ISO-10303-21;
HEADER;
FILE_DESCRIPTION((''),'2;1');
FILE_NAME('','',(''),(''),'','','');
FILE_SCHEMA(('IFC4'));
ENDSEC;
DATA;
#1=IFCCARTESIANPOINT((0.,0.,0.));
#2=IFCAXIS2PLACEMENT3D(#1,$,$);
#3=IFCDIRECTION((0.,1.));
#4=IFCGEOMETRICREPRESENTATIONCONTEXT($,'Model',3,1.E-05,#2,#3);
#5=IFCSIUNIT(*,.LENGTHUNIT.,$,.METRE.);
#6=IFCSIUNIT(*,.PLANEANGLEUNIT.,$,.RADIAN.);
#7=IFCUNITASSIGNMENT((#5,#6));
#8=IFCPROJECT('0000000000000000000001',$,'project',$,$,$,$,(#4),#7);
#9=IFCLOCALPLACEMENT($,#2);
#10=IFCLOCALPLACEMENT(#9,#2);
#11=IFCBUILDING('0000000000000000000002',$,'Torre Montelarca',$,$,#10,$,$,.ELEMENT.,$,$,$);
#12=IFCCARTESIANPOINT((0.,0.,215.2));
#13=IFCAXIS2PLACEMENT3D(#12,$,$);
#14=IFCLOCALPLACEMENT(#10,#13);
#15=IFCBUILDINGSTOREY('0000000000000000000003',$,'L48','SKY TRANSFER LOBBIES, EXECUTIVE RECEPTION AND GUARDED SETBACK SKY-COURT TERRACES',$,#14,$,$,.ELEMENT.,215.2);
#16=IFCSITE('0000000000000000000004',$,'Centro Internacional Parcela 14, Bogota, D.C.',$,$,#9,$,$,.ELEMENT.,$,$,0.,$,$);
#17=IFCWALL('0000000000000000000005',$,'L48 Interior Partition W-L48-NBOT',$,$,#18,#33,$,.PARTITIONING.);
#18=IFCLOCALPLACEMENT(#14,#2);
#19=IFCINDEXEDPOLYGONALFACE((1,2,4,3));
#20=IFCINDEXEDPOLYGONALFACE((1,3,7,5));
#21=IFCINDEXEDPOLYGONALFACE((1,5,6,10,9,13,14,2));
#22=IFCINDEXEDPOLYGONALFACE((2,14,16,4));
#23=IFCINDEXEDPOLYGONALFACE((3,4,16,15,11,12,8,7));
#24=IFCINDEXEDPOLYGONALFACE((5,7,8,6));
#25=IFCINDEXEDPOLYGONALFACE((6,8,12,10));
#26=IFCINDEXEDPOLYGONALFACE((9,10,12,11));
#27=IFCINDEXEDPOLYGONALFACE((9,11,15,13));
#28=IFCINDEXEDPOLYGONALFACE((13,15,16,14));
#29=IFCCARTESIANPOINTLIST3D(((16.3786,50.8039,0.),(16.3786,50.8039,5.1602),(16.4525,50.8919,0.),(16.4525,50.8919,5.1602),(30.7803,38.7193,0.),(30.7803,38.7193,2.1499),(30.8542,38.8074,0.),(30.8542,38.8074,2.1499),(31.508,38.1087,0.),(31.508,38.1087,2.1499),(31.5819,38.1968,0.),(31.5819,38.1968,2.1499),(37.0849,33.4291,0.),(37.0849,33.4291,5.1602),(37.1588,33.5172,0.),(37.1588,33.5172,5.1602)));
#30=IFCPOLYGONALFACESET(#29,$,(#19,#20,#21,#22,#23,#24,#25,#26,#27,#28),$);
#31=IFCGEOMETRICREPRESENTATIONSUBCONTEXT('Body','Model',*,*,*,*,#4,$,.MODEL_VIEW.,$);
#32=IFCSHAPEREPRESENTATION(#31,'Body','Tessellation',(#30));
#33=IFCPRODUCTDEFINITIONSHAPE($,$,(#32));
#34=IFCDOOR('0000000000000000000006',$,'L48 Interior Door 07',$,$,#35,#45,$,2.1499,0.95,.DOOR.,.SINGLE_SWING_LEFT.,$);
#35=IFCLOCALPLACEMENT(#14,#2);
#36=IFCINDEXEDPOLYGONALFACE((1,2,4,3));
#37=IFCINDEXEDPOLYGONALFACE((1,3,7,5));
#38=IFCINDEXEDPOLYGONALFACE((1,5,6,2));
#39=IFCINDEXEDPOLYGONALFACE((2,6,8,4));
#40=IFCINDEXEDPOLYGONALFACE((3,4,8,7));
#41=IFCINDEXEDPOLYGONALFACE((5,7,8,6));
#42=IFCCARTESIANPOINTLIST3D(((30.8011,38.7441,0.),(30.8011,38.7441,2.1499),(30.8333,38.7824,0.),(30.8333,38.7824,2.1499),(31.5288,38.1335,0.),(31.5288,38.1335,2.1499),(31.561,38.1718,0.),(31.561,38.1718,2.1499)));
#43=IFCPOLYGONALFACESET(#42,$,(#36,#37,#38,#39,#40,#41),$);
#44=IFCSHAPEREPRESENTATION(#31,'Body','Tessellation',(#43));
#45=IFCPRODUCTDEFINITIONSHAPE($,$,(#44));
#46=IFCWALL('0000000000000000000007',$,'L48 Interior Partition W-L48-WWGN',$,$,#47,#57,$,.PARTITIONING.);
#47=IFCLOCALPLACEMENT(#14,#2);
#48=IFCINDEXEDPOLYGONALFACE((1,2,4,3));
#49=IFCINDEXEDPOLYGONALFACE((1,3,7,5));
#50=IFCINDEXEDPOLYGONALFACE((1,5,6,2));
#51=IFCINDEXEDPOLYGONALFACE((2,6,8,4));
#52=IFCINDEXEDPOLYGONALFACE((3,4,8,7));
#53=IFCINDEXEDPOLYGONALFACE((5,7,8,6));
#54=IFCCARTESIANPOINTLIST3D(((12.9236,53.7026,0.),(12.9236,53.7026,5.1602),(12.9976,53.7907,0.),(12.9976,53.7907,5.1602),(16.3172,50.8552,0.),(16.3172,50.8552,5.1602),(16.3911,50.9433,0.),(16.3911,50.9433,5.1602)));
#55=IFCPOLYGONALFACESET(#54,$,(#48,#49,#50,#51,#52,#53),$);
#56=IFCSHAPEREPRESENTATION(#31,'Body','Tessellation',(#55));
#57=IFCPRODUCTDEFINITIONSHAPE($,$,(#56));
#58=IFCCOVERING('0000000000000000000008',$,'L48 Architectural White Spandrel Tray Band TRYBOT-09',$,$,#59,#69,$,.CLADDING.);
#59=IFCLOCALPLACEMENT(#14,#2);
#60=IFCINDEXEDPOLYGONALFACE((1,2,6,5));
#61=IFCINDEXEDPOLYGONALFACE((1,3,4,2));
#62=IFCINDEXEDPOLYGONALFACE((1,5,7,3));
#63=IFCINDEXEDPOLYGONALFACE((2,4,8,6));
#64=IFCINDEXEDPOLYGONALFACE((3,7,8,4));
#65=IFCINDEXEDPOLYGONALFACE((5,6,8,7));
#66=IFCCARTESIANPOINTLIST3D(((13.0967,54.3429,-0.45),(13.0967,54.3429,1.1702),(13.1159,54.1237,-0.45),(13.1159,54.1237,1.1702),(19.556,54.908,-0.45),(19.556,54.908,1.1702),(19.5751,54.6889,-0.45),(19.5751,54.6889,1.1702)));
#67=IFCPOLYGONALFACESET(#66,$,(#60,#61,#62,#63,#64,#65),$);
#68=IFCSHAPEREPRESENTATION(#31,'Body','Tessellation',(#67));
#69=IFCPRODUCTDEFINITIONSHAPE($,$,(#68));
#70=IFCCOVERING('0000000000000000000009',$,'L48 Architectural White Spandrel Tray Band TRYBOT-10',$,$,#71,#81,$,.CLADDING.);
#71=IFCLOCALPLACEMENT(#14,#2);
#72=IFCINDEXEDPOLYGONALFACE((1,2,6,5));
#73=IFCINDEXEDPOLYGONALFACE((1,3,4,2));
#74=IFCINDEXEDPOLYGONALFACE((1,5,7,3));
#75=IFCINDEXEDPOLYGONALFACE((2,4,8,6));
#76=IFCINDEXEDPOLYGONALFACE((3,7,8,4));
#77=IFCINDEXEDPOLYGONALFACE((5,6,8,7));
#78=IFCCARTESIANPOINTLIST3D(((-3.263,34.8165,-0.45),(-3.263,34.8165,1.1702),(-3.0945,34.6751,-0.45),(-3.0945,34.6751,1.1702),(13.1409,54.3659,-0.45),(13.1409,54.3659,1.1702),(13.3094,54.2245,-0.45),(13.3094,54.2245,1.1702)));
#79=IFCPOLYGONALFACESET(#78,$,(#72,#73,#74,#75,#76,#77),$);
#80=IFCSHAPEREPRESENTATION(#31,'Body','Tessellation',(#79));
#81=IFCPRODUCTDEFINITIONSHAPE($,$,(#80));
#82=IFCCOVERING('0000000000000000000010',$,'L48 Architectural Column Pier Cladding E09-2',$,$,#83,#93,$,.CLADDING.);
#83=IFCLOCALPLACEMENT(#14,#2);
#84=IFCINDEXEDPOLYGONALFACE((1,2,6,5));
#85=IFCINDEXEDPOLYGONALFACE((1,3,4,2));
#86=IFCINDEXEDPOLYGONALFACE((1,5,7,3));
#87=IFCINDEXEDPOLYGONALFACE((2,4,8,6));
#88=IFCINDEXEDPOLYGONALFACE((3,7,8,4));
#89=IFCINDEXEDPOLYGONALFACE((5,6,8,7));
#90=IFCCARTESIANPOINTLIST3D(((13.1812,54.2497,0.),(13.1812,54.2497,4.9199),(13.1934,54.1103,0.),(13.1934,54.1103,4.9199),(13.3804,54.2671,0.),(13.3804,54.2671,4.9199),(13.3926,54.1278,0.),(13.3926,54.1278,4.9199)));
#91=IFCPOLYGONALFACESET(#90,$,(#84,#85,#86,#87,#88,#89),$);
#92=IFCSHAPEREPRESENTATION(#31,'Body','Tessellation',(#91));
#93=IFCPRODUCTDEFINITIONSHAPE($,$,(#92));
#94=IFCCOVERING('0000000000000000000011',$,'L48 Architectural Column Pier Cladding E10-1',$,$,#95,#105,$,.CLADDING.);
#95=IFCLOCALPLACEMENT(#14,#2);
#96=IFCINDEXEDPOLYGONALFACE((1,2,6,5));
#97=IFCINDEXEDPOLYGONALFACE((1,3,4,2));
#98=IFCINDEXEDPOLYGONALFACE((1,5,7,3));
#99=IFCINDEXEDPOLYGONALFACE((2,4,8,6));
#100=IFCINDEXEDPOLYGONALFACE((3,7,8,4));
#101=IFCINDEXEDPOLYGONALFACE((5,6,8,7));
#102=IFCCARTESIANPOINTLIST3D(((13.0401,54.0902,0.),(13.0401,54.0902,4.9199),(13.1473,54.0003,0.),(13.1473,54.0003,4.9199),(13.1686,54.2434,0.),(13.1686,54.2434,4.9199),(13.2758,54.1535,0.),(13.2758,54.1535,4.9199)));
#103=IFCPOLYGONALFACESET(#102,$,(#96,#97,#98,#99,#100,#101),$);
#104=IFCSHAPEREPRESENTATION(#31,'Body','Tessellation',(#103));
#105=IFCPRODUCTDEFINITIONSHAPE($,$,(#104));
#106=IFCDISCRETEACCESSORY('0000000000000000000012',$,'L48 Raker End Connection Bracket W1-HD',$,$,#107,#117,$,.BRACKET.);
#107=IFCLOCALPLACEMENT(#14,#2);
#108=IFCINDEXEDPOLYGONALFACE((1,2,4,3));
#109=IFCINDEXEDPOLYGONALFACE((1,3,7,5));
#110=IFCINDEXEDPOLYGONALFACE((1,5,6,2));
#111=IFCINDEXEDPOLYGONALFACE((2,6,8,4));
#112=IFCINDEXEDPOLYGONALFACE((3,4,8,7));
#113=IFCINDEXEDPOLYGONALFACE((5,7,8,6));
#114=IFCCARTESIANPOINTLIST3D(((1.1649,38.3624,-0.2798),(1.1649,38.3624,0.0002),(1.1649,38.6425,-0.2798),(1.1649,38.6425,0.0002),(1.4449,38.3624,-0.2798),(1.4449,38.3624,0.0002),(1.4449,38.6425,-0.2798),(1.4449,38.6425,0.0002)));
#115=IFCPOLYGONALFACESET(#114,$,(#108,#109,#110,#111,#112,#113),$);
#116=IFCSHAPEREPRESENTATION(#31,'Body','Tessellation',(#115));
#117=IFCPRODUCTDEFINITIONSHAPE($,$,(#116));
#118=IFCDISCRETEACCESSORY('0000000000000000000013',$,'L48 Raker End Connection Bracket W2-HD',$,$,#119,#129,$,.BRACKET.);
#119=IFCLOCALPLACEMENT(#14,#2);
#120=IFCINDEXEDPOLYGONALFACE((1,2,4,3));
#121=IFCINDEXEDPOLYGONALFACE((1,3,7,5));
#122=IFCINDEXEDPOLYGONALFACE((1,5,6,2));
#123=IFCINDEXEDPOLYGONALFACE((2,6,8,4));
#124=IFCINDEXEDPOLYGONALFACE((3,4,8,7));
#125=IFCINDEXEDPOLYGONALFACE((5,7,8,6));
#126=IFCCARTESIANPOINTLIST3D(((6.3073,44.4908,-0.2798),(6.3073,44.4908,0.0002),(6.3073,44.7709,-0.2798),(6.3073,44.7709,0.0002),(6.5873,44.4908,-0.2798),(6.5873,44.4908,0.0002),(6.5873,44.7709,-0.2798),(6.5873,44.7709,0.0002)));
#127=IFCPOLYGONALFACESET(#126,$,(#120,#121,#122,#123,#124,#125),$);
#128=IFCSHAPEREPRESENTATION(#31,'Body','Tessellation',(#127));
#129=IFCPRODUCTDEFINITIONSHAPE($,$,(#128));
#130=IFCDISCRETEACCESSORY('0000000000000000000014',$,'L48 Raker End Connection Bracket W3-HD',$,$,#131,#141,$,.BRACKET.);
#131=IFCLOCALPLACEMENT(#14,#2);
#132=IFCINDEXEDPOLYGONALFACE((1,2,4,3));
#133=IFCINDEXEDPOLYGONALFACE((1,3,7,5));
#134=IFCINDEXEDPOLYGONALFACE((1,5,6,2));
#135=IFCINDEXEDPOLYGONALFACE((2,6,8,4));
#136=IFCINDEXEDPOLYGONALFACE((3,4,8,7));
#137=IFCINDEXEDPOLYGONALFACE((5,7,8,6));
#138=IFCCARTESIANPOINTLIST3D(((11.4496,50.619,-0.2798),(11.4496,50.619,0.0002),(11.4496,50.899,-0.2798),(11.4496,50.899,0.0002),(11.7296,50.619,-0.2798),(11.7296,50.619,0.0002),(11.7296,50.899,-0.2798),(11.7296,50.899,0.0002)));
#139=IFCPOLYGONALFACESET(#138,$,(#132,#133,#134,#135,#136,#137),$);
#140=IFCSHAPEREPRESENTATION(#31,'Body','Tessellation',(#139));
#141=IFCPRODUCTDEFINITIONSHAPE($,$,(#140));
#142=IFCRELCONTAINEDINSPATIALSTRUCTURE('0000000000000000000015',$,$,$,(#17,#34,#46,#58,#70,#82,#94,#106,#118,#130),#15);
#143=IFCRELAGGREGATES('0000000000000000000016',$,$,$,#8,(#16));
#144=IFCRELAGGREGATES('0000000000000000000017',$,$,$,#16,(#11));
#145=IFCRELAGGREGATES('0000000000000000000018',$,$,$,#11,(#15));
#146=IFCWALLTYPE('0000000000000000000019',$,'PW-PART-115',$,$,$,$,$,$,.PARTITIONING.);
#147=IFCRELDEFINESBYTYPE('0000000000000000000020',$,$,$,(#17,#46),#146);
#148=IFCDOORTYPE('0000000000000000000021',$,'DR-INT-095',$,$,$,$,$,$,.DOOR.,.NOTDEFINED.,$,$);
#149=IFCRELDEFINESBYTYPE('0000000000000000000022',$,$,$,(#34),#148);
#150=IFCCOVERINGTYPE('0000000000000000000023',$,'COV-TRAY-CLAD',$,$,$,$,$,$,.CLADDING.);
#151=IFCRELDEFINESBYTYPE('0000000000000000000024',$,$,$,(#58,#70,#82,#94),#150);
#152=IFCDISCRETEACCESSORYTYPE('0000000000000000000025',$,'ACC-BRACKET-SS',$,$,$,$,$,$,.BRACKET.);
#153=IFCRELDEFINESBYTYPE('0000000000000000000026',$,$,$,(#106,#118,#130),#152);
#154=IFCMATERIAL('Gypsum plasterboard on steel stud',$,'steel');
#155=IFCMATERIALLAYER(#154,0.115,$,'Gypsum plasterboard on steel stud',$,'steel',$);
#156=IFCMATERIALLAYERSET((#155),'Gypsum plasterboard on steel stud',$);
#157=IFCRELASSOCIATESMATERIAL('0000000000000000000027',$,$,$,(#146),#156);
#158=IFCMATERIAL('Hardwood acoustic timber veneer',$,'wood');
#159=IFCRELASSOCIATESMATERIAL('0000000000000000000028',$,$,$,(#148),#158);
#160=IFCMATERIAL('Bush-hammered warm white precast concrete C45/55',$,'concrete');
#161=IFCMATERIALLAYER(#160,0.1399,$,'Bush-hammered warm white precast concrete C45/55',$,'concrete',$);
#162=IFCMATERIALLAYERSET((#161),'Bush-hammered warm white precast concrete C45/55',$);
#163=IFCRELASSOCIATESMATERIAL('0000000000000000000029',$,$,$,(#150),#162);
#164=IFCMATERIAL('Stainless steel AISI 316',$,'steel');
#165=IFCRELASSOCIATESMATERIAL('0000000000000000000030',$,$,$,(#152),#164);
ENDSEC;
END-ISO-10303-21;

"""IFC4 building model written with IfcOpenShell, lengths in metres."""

from ifc_helpers import new_model, si_unit, direction, frame, frame_2d, origin, origin_2d, place, context, subcontext, project, spatial, rectangle, extrude, source, transform, mapped, material, layer, layer_set, type_object, element, fill, save


model = new_model("IFC4")

# Units and contexts
model_context = context("Model", 3, precision=1e-05, world=origin(), true_north=direction((0.0, 1.0)))
body_context = subcontext(model_context, "Body", "Model", "MODEL_VIEW")
ifc_project = project(units=[si_unit("LENGTHUNIT", "METRE"), si_unit("PLANEANGLEUNIT", "RADIAN")], contexts=[model_context])

# Site, building, storey
site_placement = place(None, origin())
site = spatial("IfcSite", under=ifc_project, at=site_placement, Name="Centro Internacional Parcela 14, Bogota, D.C.", CompositionType="ELEMENT", RefElevation=0.0)
building_placement = place(site_placement, origin())
building = spatial("IfcBuilding", under=site, at=building_placement, Name="Torre Montelarca", CompositionType="ELEMENT")
storey_placement = place(building_placement, frame((0.0, 0.0, 215.2)))
storey = spatial("IfcBuildingStorey", under=building, at=storey_placement, Name="L48", Description="SKY TRANSFER LOBBIES, EXECUTIVE RECEPTION AND GUARDED SETBACK SKY-COURT TERRACES", CompositionType="ELEMENT", Elevation=215.2)

# Wall, opening, door
ifc_material_1 = material(Name="Gypsum plasterboard on steel stud", Category="steel")
ifc_layer_1 = layer(ifc_material_1, 0.115, Name="Gypsum plasterboard on steel stud", Category="steel")
ifc_layer_set_1 = layer_set([ifc_layer_1], Name="Gypsum plasterboard on steel stud")
wall_type_1 = type_object("IfcWallType", Name="PW-PART-115", PredefinedType="PARTITIONING", material=ifc_layer_set_1)
wall_1_placement = place(storey_placement, frame((16.4155, 50.8479, 0.0), z_axis=(0.0, 0.0, 1.0), x_axis=(0.766042, -0.64279, 0.0)))
wall_1 = element("IfcWall", 1, at=wall_1_placement, inside=storey, type_object=wall_type_1, Name="L48 Interior Partition W-L48-NBOT", PredefinedType="PARTITIONING", context=body_context, shape_type="SweptSolid", body=[
    extrude(rectangle(XDim=27.0303, YDim=0.115, at=frame_2d((13.5151, 0.0))), origin(), (0.0, 0.0, 1.0), 5.1602),
])
opening_placement = place(wall_1_placement, frame((18.8, 0.0, 0.0)))
opening = element("IfcOpeningElement", 2, at=opening_placement, cuts=wall_1, PredefinedType="OPENING", context=body_context, shape_type="SweptSolid", body=[
    extrude(rectangle(XDim=0.95, YDim=2.1499, at=frame_2d((0.4751, 1.075))), frame((0.0, 0.0674, 0.0), z_axis=(0.0, -1.0, 0.0), x_axis=(1.0, 0.0, 0.0)), (0.0, 0.0, 1.0), 0.135),
])
ifc_material_2 = material(Name="Hardwood acoustic timber veneer", Category="wood")
door_type = type_object("IfcDoorType", Name="DR-INT-095", OperationType="NOTDEFINED", PredefinedType="DOOR", material=ifc_material_2)
shared_shape_1 = source(origin(), body_context, "Body", "SweptSolid", [
    extrude(rectangle(XDim=0.95, YDim=2.1499, at=frame_2d((0.4751, 1.075))), frame((0.0, 0.0249, 0.0), z_axis=(0.0, -1.0, 0.0), x_axis=(1.0, 0.0, 0.0)), (0.0, 0.0, 1.0), 0.05),
])
door_placement = place(opening_placement, origin())
door = element("IfcDoor", 3, at=door_placement, inside=storey, type_object=door_type, Name="L48 Interior Door 07", OperationType="SINGLE_SWING_LEFT", OverallHeight=2.1499, OverallWidth=0.95, PredefinedType="DOOR", context=body_context, shape_type="MappedRepresentation", body=[
    mapped(shared_shape_1, transform((0.0, 0.0, 0.0), scale=1.0)),
])
fill(opening, door)

# Wall
wall_2_placement = place(storey_placement, frame((12.9607, 53.7466, 0.0), z_axis=(0.0, 0.0, 1.0), x_axis=(0.766058, -0.642772, 0.0)))
element("IfcWall", 4, at=wall_2_placement, inside=storey, type_object=wall_type_1, Name="L48 Interior Partition W-L48-WWGN", PredefinedType="PARTITIONING", context=body_context, shape_type="SweptSolid", body=[
    extrude(rectangle(XDim=4.4299, YDim=0.115, at=frame_2d((2.2148, 0.0))), origin(), (0.0, 0.0, 1.0), 5.1602),
])

# Coverings
ifc_material_3 = material(Name="Bush-hammered warm white precast concrete C45/55", Category="concrete")
ifc_layer_2 = layer(ifc_material_3, 0.1399, Name="Bush-hammered warm white precast concrete C45/55", Category="concrete")
ifc_layer_set_2 = layer_set([ifc_layer_2], Name="Bush-hammered warm white precast concrete C45/55")
covering_type = type_object("IfcCoveringType", Name="COV-TRAY-CLAD", PredefinedType="CLADDING", material=ifc_layer_set_2)
shared_shape_2 = source(origin(), body_context, "Body", "SweptSolid", [
    extrude(rectangle(XDim=6.4839, YDim=0.22, at=origin_2d()), origin(), (0.0, 0.0, 1.0), 1.6201),
])
covering_1_placement = place(storey_placement, frame((16.3359, 54.5159, -0.45), z_axis=(0.0, 0.0, 1.0), x_axis=(-0.996194, -0.087163, 0.0)))
element("IfcCovering", 5, at=covering_1_placement, inside=storey, type_object=covering_type, Name="L48 Architectural White Spandrel Tray Band TRYBOT-09", PredefinedType="CLADDING", context=body_context, shape_type="MappedRepresentation", body=[
    mapped(shared_shape_2, transform((0.0, 0.0, 0.0), scale=1.0)),
])
shared_shape_3 = source(origin(), body_context, "Body", "SweptSolid", [
    extrude(rectangle(XDim=25.52, YDim=0.22, at=origin_2d()), origin(), (0.0, 0.0, 1.0), 1.6201),
])
covering_2_placement = place(storey_placement, frame((5.0232, 44.5205, -0.45), z_axis=(0.0, 0.0, 1.0), x_axis=(-0.642788, -0.766044, 0.0)))
element("IfcCovering", 6, at=covering_2_placement, inside=storey, type_object=covering_type, Name="L48 Architectural White Spandrel Tray Band TRYBOT-10", PredefinedType="CLADDING", context=body_context, shape_type="MappedRepresentation", body=[
    mapped(shared_shape_3, transform((0.0, 0.0, 0.0), scale=1.0)),
])
shared_shape_4 = source(origin(), body_context, "Body", "SweptSolid", [
    extrude(rectangle(XDim=0.2, YDim=0.1399, at=origin_2d()), origin(), (0.0, 0.0, 1.0), 4.9199),
])
for number, where, z_axis, x_axis, name in (
    (7, (13.2869, 54.1887, 0.0), (0.0, 0.0, 1.0), (-0.996193, -0.087177, 0.0), "L48 Architectural Column Pier Cladding E09-2"),
    (8, (13.158, 54.1218, 0.0), (0.0, 0.0, 1.0), (-0.642789, -0.766043, 0.0), "L48 Architectural Column Pier Cladding E10-1"),
):
    element("IfcCovering", number, at=place(storey_placement, frame(where, z_axis=z_axis, x_axis=x_axis)), inside=storey, type_object=covering_type, Name=name, PredefinedType="CLADDING", context=body_context, shape_type="MappedRepresentation", body=[
        mapped(shared_shape_4, transform((0.0, 0.0, 0.0), scale=1.0)),
    ])

# Discrete accessories
ifc_material_4 = material(Name="Stainless steel AISI 316", Category="steel")
discrete_accessory_type = type_object("IfcDiscreteAccessoryType", Name="ACC-BRACKET-SS", PredefinedType="BRACKET", material=ifc_material_4)
shared_shape_5 = source(origin(), body_context, "Body", "SweptSolid", [
    extrude(rectangle(XDim=0.28, YDim=0.28, at=origin_2d()), origin(), (0.0, 0.0, 1.0), 0.28),
])
for number, where, z_axis, x_axis, name in (
    (9, (1.3049, 38.5024, -0.2798), (0.0, 0.0, 1.0), (1.0, 0.0, 0.0), "L48 Raker End Connection Bracket W1-HD"),
    (10, (6.4473, 44.6309, -0.2798), (0.0, 0.0, 1.0), (1.0, 0.0, 0.0), "L48 Raker End Connection Bracket W2-HD"),
    (11, (11.5896, 50.759, -0.2798), (0.0, 0.0, 1.0), (1.0, 0.0, 0.0), "L48 Raker End Connection Bracket W3-HD"),
):
    element("IfcDiscreteAccessory", number, at=place(storey_placement, frame(where, z_axis=z_axis, x_axis=x_axis)), inside=storey, type_object=discrete_accessory_type, Name=name, PredefinedType="BRACKET", context=body_context, shape_type="MappedRepresentation", body=[
        mapped(shared_shape_5, transform((0.0, 0.0, 0.0), scale=1.0)),
    ])

save(model, "model.ifc")
